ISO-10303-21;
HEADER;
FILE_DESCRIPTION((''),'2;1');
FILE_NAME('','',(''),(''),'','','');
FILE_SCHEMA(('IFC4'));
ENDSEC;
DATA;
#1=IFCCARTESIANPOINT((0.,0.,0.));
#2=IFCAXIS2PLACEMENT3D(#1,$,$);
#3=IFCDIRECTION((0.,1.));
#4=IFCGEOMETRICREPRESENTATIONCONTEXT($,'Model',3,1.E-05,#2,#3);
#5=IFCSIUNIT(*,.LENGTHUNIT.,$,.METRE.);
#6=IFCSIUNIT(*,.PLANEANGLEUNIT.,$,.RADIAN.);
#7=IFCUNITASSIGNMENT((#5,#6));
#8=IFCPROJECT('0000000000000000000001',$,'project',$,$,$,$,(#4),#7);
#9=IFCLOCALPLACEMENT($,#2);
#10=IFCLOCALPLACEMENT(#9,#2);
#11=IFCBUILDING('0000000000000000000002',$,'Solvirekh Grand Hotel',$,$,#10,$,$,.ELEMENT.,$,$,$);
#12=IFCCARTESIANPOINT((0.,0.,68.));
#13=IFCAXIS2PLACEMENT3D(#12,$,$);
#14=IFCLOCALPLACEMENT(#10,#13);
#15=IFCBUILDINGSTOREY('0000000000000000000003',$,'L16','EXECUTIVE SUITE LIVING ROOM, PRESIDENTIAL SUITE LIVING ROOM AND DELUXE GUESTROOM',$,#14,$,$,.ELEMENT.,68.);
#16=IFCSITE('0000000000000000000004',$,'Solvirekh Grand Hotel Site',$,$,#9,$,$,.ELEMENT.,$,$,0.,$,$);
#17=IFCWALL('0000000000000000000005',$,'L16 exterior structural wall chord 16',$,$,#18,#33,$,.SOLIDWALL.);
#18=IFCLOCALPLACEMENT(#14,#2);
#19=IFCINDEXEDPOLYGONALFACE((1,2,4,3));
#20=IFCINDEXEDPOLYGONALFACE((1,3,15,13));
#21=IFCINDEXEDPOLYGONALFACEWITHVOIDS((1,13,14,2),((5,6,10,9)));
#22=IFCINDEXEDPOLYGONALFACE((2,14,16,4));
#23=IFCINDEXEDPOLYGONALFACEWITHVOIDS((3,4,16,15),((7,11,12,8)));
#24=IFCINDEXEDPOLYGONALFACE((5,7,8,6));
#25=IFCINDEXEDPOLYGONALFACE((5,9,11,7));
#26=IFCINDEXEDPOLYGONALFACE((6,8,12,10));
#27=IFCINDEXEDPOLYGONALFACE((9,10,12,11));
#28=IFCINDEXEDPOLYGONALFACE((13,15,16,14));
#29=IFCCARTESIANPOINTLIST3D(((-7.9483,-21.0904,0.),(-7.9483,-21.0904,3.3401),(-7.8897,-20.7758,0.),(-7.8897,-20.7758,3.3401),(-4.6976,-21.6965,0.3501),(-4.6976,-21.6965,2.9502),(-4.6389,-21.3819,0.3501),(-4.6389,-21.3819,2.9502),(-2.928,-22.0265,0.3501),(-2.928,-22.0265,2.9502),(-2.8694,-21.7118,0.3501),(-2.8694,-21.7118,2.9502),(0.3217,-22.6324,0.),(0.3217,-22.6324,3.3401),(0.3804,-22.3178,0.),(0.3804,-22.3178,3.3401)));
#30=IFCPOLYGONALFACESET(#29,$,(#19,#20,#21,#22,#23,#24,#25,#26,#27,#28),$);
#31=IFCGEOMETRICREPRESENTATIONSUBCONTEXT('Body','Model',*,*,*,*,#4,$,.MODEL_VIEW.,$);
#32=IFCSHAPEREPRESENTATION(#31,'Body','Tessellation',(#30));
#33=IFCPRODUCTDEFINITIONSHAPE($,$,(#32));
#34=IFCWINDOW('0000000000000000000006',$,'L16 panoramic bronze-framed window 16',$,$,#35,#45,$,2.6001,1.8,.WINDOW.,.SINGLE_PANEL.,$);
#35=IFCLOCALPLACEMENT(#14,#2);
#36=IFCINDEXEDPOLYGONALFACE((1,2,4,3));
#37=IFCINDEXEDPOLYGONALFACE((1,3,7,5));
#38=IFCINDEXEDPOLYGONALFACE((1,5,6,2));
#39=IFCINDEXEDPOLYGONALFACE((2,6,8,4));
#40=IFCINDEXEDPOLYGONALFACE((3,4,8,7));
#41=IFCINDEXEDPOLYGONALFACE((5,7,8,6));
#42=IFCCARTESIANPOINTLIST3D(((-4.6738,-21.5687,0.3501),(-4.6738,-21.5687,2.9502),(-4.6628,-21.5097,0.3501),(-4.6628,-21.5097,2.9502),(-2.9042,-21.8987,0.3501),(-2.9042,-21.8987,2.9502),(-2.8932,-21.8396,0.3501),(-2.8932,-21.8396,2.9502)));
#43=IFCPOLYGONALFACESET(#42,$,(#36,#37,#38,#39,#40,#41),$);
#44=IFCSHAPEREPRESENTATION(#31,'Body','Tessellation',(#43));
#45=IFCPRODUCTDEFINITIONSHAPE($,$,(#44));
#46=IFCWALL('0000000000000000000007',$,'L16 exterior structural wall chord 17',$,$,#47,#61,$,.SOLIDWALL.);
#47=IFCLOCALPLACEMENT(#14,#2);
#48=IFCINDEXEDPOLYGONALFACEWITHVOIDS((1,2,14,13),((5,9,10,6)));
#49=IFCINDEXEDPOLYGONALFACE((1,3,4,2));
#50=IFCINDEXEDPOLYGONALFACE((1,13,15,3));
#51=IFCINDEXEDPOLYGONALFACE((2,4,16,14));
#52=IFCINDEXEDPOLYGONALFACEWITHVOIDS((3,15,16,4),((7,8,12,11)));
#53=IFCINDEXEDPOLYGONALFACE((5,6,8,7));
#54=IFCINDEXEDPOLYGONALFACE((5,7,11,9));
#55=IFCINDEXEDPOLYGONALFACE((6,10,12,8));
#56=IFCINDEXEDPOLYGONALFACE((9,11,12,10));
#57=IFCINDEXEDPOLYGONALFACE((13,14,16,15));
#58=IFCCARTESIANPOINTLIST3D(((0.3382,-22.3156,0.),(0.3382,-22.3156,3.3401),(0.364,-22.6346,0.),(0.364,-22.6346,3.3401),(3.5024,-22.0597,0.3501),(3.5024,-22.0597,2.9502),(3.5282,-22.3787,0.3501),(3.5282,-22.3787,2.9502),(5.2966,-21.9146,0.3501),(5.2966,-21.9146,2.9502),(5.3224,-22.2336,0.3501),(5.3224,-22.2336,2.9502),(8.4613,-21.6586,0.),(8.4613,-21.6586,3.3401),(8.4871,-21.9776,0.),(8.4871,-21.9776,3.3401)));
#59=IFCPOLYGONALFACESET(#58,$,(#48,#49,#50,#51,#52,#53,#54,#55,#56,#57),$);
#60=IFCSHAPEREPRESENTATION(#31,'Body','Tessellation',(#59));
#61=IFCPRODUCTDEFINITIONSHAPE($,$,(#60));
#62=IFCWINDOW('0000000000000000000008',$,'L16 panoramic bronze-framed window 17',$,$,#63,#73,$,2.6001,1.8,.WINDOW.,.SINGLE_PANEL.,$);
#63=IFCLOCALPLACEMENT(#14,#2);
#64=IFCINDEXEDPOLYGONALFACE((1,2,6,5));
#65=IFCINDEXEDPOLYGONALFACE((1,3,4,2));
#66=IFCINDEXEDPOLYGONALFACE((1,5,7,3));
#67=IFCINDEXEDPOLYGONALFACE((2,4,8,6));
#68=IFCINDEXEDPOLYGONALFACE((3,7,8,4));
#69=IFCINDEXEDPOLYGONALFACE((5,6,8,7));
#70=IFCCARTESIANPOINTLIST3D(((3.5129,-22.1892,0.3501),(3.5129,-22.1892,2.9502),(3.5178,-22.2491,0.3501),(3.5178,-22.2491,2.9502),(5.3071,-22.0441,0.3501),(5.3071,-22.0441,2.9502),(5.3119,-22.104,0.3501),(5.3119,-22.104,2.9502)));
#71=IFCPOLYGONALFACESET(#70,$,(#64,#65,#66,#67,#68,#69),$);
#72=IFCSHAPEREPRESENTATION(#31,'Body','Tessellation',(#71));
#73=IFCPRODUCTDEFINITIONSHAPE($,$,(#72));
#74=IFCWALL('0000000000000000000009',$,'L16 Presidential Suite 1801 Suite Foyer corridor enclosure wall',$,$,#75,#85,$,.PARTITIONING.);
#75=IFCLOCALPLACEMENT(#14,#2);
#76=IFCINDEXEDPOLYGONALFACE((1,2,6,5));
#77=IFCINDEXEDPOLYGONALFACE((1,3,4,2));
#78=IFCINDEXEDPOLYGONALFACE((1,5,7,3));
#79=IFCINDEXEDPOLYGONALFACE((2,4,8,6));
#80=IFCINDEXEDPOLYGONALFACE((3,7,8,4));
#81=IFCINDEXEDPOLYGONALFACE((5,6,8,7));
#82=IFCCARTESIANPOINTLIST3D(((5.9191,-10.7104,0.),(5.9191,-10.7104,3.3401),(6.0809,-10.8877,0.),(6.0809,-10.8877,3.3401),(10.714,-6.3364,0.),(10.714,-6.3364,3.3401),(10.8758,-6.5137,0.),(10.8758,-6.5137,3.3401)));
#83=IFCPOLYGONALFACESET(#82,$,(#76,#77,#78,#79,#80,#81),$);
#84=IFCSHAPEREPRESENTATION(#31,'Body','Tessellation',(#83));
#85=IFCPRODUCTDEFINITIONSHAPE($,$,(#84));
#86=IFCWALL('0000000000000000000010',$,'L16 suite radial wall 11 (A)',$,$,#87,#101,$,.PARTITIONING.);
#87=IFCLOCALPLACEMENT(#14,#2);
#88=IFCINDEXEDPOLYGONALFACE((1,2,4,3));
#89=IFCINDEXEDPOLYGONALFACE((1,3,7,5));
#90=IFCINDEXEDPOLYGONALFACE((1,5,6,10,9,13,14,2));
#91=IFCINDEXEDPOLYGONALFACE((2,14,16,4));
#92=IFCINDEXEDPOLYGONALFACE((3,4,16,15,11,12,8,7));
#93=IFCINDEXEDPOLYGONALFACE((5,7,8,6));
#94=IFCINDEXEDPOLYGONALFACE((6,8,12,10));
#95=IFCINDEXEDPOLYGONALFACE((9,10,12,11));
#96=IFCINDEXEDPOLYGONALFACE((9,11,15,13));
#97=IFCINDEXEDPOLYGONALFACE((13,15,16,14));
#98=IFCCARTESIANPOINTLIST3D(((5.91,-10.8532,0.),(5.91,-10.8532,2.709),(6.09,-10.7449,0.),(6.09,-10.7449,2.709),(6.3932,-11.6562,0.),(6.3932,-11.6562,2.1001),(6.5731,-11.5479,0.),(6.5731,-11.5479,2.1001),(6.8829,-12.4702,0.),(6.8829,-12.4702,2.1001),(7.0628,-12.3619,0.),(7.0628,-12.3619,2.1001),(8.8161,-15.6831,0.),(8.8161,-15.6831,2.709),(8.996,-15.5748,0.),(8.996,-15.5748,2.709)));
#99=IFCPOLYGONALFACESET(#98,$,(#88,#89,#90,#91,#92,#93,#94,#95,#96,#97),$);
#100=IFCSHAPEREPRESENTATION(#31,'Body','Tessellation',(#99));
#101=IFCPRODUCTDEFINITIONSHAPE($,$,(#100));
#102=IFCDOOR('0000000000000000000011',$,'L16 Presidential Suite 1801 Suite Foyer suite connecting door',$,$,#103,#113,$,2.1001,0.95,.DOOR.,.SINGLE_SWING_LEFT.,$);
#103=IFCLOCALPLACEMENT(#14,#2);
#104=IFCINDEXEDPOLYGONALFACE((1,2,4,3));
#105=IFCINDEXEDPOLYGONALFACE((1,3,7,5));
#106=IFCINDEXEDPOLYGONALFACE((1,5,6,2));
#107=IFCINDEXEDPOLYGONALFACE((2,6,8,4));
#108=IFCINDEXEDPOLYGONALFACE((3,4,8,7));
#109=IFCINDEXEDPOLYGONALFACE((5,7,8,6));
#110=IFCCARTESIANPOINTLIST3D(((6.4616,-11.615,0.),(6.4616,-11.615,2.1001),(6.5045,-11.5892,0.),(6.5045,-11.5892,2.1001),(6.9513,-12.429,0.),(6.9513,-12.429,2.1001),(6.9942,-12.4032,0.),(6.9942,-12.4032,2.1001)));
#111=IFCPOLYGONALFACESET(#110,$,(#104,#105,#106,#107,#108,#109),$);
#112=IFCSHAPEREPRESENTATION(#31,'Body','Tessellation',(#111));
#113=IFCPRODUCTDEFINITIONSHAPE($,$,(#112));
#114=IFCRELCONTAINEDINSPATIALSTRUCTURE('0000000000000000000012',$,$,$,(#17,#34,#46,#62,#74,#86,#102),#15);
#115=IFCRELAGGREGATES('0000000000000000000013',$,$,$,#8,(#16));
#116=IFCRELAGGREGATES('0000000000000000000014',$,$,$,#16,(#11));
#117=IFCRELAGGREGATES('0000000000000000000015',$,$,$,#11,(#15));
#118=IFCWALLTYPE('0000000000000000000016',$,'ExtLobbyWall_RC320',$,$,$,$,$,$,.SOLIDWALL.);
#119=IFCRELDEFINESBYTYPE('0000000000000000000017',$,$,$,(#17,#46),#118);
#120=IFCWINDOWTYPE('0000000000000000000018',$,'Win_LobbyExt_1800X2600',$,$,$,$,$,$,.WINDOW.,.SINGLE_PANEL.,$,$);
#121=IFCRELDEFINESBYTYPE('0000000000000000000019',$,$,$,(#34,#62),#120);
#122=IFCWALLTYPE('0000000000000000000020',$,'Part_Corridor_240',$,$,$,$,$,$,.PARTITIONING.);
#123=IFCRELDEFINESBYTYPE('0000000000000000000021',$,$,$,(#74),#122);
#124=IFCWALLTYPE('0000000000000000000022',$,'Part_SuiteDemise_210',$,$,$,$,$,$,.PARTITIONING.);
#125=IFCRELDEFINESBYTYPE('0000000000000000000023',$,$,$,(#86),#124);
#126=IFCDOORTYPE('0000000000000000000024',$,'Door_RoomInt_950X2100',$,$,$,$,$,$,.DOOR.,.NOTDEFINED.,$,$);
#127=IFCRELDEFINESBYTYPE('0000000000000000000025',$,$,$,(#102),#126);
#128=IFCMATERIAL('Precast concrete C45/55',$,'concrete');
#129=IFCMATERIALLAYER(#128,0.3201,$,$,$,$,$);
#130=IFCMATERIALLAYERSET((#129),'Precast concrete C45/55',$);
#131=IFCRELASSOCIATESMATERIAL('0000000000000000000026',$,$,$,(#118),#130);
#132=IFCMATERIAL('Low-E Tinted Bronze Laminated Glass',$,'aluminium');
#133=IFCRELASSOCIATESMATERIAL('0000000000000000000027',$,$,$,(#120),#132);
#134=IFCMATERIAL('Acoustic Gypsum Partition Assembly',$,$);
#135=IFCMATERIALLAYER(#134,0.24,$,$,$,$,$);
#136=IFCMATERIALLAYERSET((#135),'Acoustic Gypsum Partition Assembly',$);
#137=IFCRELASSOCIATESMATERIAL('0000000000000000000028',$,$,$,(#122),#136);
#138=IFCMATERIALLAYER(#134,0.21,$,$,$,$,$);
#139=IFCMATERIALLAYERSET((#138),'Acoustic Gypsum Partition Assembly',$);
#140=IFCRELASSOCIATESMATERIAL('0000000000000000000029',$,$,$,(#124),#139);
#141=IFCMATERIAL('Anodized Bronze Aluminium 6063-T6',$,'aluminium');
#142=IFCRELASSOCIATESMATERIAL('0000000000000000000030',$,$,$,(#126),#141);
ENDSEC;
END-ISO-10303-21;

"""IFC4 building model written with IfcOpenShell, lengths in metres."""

from ifc_helpers import new_model, si_unit, direction, frame, frame_2d, origin, place, context, subcontext, project, spatial, rectangle, extrude, material, layer, layer_set, type_object, element, fill, save


model = new_model("IFC4")

# Units and contexts
model_context = context("Model", 3, precision=1e-05, world=origin(), true_north=direction((0.0, 1.0)))
body_context = subcontext(model_context, "Body", "Model", "MODEL_VIEW")
ifc_project = project(units=[si_unit("LENGTHUNIT", "METRE"), si_unit("PLANEANGLEUNIT", "RADIAN")], contexts=[model_context])

# Site, building, storey
site_placement = place(None, origin())
site = spatial("IfcSite", under=ifc_project, at=site_placement, Name="Solvirekh Grand Hotel Site", CompositionType="ELEMENT", RefElevation=0.0)
building_placement = place(site_placement, origin())
building = spatial("IfcBuilding", under=site, at=building_placement, Name="Solvirekh Grand Hotel", CompositionType="ELEMENT")
storey_placement = place(building_placement, frame((0.0, 0.0, 68.0)))
storey = spatial("IfcBuildingStorey", under=building, at=storey_placement, Name="L16", Description="EXECUTIVE SUITE LIVING ROOM, PRESIDENTIAL SUITE LIVING ROOM AND DELUXE GUESTROOM", CompositionType="ELEMENT", Elevation=68.0)

# Shared definitions
ifc_material_1 = material(Name="Anodized Bronze Aluminium 6063-T6", Category="aluminium")

# Walls, openings, windows
ifc_material_2 = material(Name="Precast concrete C45/55", Category="concrete")
ifc_layer_1 = layer(ifc_material_2, 0.3201)
ifc_layer_set_1 = layer_set([ifc_layer_1], Name="Precast concrete C45/55")
wall_type_1 = type_object("IfcWallType", Name="ExtLobbyWall_RC320", PredefinedType="SOLIDWALL", material=ifc_layer_set_1)
wall_1_placement = place(storey_placement, frame((0.3511, -22.4751, 0.0), z_axis=(0.0, 0.0, 1.0), x_axis=(-0.983058, 0.183297, 0.0)))
wall_1 = element("IfcWall", 1, at=wall_1_placement, inside=storey, type_object=wall_type_1, Name="L16 exterior structural wall chord 16", PredefinedType="SOLIDWALL", context=body_context, shape_type="SweptSolid", body=[
    extrude(rectangle(XDim=8.4126, YDim=0.3201, at=frame_2d((4.2063, 0.0))), origin(), (0.0, 0.0, 1.0), 3.3401),
])
opening_1_placement = place(wall_1_placement, frame((3.3059, 0.0, 0.3501)))
opening_1 = element("IfcOpeningElement", 2, at=opening_1_placement, cuts=wall_1, PredefinedType="OPENING", context=body_context, shape_type="SweptSolid", body=[
    extrude(rectangle(XDim=1.8, YDim=2.6001, at=frame_2d((0.8999, 1.3))), frame((0.0, 0.1699, 0.0), z_axis=(0.0, -1.0, 0.0), x_axis=(1.0, 0.0, 0.0)), (0.0, 0.0, 1.0), 0.3401),
])
ifc_material_3 = material(Name="Low-E Tinted Bronze Laminated Glass", Category="aluminium")
window_type = type_object("IfcWindowType", Name="Win_LobbyExt_1800X2600", PartitioningType="SINGLE_PANEL", PredefinedType="WINDOW", material=ifc_material_3)
window_1_placement = place(opening_1_placement, origin())
window_1 = element("IfcWindow", 3, at=window_1_placement, inside=storey, type_object=window_type, Name="L16 panoramic bronze-framed window 16", OverallHeight=2.6001, OverallWidth=1.8, PartitioningType="SINGLE_PANEL", PredefinedType="WINDOW", context=body_context, shape_type="SweptSolid", body=[
    extrude(rectangle(XDim=1.8, YDim=2.6001, at=frame_2d((0.8999, 1.3))), frame((0.0, 0.03, 0.0), z_axis=(0.0, -1.0, 0.0), x_axis=(1.0, 0.0, 0.0)), (0.0, 0.0, 1.0), 0.0601),
])
fill(opening_1, window_1)
wall_2_placement = place(storey_placement, frame((8.4741, -21.8181, 0.0), z_axis=(0.0, 0.0, 1.0), x_axis=(-0.996745, -0.080616, 0.0)))
wall_2 = element("IfcWall", 4, at=wall_2_placement, inside=storey, type_object=wall_type_1, Name="L16 exterior structural wall chord 17", PredefinedType="SOLIDWALL", context=body_context, shape_type="SweptSolid", body=[
    extrude(rectangle(XDim=8.1497, YDim=0.3201, at=frame_2d((4.0747, 0.0))), origin(), (0.0, 0.0, 1.0), 3.3401),
])
opening_2_placement = place(wall_2_placement, frame((3.175, 0.0, 0.3501)))
opening_2 = element("IfcOpeningElement", 5, at=opening_2_placement, cuts=wall_2, PredefinedType="OPENING", context=body_context, shape_type="SweptSolid", body=[
    extrude(rectangle(XDim=1.8, YDim=2.6001, at=frame_2d((0.8999, 1.3))), frame((0.0, 0.1699, 0.0), z_axis=(0.0, -1.0, 0.0), x_axis=(1.0, 0.0, 0.0)), (0.0, 0.0, 1.0), 0.3401),
])
window_2_placement = place(opening_2_placement, origin())
window_2 = element("IfcWindow", 6, at=window_2_placement, inside=storey, type_object=window_type, Name="L16 panoramic bronze-framed window 17", OverallHeight=2.6001, OverallWidth=1.8, PartitioningType="SINGLE_PANEL", PredefinedType="WINDOW", context=body_context, shape_type="SweptSolid", body=[
    extrude(rectangle(XDim=1.8, YDim=2.6001, at=frame_2d((0.8999, 1.3))), frame((0.0, 0.03, 0.0), z_axis=(0.0, -1.0, 0.0), x_axis=(1.0, 0.0, 0.0)), (0.0, 0.0, 1.0), 0.0601),
])
fill(opening_2, window_2)

# Wall
ifc_material_4 = material(Name="Acoustic Gypsum Partition Assembly")
ifc_layer_2 = layer(ifc_material_4, 0.24)
ifc_layer_set_2 = layer_set([ifc_layer_2], Name="Acoustic Gypsum Partition Assembly")
wall_type_2 = type_object("IfcWallType", Name="Part_Corridor_240", PredefinedType="PARTITIONING", material=ifc_layer_set_2)
wall_3_placement = place(storey_placement, frame((6.0, -10.7991, 0.0), z_axis=(0.0, 0.0, 1.0), x_axis=(0.738788, 0.673937, 0.0)))
element("IfcWall", 7, at=wall_3_placement, inside=storey, type_object=wall_type_2, Name="L16 Presidential Suite 1801 Suite Foyer corridor enclosure wall", PredefinedType="PARTITIONING", context=body_context, shape_type="SweptSolid", body=[
    extrude(rectangle(XDim=6.4902, YDim=0.24, at=frame_2d((3.2451, 0.0))), origin(), (0.0, 0.0, 1.0), 3.3401),
])

# Wall, opening, door
ifc_layer_3 = layer(ifc_material_4, 0.21)
ifc_layer_set_3 = layer_set([ifc_layer_3], Name="Acoustic Gypsum Partition Assembly")
wall_type_3 = type_object("IfcWallType", Name="Part_SuiteDemise_210", PredefinedType="PARTITIONING", material=ifc_layer_set_3)
wall_4_placement = place(storey_placement, frame((6.0, -10.7991, 0.0), z_axis=(0.0, 0.0, 1.0), x_axis=(0.515553, -0.856858, 0.0)))
wall_4 = element("IfcWall", 8, at=wall_4_placement, inside=storey, type_object=wall_type_3, Name="L16 suite radial wall 11 (A)", PredefinedType="PARTITIONING", context=body_context, shape_type="SweptSolid", body=[
    extrude(rectangle(XDim=5.6367, YDim=0.21, at=frame_2d((2.8184, 0.0))), origin(), (0.0, 0.0, 1.0), 2.709),
])
opening_3_placement = place(wall_4_placement, frame((0.937, 0.0, 0.0)))
opening_3 = element("IfcOpeningElement", 9, at=opening_3_placement, cuts=wall_4, PredefinedType="OPENING", context=body_context, shape_type="SweptSolid", body=[
    extrude(rectangle(XDim=0.95, YDim=2.1001, at=frame_2d((0.4751, 1.05))), frame((0.0, 0.115, 0.0), z_axis=(0.0, -1.0, 0.0), x_axis=(1.0, 0.0, 0.0)), (0.0, 0.0, 1.0), 0.23),
])
door_type = type_object("IfcDoorType", Name="Door_RoomInt_950X2100", OperationType="NOTDEFINED", PredefinedType="DOOR", material=ifc_material_1)
door_placement = place(opening_3_placement, origin())
door = element("IfcDoor", 10, at=door_placement, inside=storey, type_object=door_type, Name="L16 Presidential Suite 1801 Suite Foyer suite connecting door", OperationType="SINGLE_SWING_LEFT", OverallHeight=2.1001, OverallWidth=0.95, PredefinedType="DOOR", context=body_context, shape_type="SweptSolid", body=[
    extrude(rectangle(XDim=0.95, YDim=2.1001, at=frame_2d((0.4751, 1.05))), frame((0.0, 0.0249, 0.0), z_axis=(0.0, -1.0, 0.0), x_axis=(1.0, 0.0, 0.0)), (0.0, 0.0, 1.0), 0.05),
])
fill(opening_3, door)

save(model, "model.ifc")
